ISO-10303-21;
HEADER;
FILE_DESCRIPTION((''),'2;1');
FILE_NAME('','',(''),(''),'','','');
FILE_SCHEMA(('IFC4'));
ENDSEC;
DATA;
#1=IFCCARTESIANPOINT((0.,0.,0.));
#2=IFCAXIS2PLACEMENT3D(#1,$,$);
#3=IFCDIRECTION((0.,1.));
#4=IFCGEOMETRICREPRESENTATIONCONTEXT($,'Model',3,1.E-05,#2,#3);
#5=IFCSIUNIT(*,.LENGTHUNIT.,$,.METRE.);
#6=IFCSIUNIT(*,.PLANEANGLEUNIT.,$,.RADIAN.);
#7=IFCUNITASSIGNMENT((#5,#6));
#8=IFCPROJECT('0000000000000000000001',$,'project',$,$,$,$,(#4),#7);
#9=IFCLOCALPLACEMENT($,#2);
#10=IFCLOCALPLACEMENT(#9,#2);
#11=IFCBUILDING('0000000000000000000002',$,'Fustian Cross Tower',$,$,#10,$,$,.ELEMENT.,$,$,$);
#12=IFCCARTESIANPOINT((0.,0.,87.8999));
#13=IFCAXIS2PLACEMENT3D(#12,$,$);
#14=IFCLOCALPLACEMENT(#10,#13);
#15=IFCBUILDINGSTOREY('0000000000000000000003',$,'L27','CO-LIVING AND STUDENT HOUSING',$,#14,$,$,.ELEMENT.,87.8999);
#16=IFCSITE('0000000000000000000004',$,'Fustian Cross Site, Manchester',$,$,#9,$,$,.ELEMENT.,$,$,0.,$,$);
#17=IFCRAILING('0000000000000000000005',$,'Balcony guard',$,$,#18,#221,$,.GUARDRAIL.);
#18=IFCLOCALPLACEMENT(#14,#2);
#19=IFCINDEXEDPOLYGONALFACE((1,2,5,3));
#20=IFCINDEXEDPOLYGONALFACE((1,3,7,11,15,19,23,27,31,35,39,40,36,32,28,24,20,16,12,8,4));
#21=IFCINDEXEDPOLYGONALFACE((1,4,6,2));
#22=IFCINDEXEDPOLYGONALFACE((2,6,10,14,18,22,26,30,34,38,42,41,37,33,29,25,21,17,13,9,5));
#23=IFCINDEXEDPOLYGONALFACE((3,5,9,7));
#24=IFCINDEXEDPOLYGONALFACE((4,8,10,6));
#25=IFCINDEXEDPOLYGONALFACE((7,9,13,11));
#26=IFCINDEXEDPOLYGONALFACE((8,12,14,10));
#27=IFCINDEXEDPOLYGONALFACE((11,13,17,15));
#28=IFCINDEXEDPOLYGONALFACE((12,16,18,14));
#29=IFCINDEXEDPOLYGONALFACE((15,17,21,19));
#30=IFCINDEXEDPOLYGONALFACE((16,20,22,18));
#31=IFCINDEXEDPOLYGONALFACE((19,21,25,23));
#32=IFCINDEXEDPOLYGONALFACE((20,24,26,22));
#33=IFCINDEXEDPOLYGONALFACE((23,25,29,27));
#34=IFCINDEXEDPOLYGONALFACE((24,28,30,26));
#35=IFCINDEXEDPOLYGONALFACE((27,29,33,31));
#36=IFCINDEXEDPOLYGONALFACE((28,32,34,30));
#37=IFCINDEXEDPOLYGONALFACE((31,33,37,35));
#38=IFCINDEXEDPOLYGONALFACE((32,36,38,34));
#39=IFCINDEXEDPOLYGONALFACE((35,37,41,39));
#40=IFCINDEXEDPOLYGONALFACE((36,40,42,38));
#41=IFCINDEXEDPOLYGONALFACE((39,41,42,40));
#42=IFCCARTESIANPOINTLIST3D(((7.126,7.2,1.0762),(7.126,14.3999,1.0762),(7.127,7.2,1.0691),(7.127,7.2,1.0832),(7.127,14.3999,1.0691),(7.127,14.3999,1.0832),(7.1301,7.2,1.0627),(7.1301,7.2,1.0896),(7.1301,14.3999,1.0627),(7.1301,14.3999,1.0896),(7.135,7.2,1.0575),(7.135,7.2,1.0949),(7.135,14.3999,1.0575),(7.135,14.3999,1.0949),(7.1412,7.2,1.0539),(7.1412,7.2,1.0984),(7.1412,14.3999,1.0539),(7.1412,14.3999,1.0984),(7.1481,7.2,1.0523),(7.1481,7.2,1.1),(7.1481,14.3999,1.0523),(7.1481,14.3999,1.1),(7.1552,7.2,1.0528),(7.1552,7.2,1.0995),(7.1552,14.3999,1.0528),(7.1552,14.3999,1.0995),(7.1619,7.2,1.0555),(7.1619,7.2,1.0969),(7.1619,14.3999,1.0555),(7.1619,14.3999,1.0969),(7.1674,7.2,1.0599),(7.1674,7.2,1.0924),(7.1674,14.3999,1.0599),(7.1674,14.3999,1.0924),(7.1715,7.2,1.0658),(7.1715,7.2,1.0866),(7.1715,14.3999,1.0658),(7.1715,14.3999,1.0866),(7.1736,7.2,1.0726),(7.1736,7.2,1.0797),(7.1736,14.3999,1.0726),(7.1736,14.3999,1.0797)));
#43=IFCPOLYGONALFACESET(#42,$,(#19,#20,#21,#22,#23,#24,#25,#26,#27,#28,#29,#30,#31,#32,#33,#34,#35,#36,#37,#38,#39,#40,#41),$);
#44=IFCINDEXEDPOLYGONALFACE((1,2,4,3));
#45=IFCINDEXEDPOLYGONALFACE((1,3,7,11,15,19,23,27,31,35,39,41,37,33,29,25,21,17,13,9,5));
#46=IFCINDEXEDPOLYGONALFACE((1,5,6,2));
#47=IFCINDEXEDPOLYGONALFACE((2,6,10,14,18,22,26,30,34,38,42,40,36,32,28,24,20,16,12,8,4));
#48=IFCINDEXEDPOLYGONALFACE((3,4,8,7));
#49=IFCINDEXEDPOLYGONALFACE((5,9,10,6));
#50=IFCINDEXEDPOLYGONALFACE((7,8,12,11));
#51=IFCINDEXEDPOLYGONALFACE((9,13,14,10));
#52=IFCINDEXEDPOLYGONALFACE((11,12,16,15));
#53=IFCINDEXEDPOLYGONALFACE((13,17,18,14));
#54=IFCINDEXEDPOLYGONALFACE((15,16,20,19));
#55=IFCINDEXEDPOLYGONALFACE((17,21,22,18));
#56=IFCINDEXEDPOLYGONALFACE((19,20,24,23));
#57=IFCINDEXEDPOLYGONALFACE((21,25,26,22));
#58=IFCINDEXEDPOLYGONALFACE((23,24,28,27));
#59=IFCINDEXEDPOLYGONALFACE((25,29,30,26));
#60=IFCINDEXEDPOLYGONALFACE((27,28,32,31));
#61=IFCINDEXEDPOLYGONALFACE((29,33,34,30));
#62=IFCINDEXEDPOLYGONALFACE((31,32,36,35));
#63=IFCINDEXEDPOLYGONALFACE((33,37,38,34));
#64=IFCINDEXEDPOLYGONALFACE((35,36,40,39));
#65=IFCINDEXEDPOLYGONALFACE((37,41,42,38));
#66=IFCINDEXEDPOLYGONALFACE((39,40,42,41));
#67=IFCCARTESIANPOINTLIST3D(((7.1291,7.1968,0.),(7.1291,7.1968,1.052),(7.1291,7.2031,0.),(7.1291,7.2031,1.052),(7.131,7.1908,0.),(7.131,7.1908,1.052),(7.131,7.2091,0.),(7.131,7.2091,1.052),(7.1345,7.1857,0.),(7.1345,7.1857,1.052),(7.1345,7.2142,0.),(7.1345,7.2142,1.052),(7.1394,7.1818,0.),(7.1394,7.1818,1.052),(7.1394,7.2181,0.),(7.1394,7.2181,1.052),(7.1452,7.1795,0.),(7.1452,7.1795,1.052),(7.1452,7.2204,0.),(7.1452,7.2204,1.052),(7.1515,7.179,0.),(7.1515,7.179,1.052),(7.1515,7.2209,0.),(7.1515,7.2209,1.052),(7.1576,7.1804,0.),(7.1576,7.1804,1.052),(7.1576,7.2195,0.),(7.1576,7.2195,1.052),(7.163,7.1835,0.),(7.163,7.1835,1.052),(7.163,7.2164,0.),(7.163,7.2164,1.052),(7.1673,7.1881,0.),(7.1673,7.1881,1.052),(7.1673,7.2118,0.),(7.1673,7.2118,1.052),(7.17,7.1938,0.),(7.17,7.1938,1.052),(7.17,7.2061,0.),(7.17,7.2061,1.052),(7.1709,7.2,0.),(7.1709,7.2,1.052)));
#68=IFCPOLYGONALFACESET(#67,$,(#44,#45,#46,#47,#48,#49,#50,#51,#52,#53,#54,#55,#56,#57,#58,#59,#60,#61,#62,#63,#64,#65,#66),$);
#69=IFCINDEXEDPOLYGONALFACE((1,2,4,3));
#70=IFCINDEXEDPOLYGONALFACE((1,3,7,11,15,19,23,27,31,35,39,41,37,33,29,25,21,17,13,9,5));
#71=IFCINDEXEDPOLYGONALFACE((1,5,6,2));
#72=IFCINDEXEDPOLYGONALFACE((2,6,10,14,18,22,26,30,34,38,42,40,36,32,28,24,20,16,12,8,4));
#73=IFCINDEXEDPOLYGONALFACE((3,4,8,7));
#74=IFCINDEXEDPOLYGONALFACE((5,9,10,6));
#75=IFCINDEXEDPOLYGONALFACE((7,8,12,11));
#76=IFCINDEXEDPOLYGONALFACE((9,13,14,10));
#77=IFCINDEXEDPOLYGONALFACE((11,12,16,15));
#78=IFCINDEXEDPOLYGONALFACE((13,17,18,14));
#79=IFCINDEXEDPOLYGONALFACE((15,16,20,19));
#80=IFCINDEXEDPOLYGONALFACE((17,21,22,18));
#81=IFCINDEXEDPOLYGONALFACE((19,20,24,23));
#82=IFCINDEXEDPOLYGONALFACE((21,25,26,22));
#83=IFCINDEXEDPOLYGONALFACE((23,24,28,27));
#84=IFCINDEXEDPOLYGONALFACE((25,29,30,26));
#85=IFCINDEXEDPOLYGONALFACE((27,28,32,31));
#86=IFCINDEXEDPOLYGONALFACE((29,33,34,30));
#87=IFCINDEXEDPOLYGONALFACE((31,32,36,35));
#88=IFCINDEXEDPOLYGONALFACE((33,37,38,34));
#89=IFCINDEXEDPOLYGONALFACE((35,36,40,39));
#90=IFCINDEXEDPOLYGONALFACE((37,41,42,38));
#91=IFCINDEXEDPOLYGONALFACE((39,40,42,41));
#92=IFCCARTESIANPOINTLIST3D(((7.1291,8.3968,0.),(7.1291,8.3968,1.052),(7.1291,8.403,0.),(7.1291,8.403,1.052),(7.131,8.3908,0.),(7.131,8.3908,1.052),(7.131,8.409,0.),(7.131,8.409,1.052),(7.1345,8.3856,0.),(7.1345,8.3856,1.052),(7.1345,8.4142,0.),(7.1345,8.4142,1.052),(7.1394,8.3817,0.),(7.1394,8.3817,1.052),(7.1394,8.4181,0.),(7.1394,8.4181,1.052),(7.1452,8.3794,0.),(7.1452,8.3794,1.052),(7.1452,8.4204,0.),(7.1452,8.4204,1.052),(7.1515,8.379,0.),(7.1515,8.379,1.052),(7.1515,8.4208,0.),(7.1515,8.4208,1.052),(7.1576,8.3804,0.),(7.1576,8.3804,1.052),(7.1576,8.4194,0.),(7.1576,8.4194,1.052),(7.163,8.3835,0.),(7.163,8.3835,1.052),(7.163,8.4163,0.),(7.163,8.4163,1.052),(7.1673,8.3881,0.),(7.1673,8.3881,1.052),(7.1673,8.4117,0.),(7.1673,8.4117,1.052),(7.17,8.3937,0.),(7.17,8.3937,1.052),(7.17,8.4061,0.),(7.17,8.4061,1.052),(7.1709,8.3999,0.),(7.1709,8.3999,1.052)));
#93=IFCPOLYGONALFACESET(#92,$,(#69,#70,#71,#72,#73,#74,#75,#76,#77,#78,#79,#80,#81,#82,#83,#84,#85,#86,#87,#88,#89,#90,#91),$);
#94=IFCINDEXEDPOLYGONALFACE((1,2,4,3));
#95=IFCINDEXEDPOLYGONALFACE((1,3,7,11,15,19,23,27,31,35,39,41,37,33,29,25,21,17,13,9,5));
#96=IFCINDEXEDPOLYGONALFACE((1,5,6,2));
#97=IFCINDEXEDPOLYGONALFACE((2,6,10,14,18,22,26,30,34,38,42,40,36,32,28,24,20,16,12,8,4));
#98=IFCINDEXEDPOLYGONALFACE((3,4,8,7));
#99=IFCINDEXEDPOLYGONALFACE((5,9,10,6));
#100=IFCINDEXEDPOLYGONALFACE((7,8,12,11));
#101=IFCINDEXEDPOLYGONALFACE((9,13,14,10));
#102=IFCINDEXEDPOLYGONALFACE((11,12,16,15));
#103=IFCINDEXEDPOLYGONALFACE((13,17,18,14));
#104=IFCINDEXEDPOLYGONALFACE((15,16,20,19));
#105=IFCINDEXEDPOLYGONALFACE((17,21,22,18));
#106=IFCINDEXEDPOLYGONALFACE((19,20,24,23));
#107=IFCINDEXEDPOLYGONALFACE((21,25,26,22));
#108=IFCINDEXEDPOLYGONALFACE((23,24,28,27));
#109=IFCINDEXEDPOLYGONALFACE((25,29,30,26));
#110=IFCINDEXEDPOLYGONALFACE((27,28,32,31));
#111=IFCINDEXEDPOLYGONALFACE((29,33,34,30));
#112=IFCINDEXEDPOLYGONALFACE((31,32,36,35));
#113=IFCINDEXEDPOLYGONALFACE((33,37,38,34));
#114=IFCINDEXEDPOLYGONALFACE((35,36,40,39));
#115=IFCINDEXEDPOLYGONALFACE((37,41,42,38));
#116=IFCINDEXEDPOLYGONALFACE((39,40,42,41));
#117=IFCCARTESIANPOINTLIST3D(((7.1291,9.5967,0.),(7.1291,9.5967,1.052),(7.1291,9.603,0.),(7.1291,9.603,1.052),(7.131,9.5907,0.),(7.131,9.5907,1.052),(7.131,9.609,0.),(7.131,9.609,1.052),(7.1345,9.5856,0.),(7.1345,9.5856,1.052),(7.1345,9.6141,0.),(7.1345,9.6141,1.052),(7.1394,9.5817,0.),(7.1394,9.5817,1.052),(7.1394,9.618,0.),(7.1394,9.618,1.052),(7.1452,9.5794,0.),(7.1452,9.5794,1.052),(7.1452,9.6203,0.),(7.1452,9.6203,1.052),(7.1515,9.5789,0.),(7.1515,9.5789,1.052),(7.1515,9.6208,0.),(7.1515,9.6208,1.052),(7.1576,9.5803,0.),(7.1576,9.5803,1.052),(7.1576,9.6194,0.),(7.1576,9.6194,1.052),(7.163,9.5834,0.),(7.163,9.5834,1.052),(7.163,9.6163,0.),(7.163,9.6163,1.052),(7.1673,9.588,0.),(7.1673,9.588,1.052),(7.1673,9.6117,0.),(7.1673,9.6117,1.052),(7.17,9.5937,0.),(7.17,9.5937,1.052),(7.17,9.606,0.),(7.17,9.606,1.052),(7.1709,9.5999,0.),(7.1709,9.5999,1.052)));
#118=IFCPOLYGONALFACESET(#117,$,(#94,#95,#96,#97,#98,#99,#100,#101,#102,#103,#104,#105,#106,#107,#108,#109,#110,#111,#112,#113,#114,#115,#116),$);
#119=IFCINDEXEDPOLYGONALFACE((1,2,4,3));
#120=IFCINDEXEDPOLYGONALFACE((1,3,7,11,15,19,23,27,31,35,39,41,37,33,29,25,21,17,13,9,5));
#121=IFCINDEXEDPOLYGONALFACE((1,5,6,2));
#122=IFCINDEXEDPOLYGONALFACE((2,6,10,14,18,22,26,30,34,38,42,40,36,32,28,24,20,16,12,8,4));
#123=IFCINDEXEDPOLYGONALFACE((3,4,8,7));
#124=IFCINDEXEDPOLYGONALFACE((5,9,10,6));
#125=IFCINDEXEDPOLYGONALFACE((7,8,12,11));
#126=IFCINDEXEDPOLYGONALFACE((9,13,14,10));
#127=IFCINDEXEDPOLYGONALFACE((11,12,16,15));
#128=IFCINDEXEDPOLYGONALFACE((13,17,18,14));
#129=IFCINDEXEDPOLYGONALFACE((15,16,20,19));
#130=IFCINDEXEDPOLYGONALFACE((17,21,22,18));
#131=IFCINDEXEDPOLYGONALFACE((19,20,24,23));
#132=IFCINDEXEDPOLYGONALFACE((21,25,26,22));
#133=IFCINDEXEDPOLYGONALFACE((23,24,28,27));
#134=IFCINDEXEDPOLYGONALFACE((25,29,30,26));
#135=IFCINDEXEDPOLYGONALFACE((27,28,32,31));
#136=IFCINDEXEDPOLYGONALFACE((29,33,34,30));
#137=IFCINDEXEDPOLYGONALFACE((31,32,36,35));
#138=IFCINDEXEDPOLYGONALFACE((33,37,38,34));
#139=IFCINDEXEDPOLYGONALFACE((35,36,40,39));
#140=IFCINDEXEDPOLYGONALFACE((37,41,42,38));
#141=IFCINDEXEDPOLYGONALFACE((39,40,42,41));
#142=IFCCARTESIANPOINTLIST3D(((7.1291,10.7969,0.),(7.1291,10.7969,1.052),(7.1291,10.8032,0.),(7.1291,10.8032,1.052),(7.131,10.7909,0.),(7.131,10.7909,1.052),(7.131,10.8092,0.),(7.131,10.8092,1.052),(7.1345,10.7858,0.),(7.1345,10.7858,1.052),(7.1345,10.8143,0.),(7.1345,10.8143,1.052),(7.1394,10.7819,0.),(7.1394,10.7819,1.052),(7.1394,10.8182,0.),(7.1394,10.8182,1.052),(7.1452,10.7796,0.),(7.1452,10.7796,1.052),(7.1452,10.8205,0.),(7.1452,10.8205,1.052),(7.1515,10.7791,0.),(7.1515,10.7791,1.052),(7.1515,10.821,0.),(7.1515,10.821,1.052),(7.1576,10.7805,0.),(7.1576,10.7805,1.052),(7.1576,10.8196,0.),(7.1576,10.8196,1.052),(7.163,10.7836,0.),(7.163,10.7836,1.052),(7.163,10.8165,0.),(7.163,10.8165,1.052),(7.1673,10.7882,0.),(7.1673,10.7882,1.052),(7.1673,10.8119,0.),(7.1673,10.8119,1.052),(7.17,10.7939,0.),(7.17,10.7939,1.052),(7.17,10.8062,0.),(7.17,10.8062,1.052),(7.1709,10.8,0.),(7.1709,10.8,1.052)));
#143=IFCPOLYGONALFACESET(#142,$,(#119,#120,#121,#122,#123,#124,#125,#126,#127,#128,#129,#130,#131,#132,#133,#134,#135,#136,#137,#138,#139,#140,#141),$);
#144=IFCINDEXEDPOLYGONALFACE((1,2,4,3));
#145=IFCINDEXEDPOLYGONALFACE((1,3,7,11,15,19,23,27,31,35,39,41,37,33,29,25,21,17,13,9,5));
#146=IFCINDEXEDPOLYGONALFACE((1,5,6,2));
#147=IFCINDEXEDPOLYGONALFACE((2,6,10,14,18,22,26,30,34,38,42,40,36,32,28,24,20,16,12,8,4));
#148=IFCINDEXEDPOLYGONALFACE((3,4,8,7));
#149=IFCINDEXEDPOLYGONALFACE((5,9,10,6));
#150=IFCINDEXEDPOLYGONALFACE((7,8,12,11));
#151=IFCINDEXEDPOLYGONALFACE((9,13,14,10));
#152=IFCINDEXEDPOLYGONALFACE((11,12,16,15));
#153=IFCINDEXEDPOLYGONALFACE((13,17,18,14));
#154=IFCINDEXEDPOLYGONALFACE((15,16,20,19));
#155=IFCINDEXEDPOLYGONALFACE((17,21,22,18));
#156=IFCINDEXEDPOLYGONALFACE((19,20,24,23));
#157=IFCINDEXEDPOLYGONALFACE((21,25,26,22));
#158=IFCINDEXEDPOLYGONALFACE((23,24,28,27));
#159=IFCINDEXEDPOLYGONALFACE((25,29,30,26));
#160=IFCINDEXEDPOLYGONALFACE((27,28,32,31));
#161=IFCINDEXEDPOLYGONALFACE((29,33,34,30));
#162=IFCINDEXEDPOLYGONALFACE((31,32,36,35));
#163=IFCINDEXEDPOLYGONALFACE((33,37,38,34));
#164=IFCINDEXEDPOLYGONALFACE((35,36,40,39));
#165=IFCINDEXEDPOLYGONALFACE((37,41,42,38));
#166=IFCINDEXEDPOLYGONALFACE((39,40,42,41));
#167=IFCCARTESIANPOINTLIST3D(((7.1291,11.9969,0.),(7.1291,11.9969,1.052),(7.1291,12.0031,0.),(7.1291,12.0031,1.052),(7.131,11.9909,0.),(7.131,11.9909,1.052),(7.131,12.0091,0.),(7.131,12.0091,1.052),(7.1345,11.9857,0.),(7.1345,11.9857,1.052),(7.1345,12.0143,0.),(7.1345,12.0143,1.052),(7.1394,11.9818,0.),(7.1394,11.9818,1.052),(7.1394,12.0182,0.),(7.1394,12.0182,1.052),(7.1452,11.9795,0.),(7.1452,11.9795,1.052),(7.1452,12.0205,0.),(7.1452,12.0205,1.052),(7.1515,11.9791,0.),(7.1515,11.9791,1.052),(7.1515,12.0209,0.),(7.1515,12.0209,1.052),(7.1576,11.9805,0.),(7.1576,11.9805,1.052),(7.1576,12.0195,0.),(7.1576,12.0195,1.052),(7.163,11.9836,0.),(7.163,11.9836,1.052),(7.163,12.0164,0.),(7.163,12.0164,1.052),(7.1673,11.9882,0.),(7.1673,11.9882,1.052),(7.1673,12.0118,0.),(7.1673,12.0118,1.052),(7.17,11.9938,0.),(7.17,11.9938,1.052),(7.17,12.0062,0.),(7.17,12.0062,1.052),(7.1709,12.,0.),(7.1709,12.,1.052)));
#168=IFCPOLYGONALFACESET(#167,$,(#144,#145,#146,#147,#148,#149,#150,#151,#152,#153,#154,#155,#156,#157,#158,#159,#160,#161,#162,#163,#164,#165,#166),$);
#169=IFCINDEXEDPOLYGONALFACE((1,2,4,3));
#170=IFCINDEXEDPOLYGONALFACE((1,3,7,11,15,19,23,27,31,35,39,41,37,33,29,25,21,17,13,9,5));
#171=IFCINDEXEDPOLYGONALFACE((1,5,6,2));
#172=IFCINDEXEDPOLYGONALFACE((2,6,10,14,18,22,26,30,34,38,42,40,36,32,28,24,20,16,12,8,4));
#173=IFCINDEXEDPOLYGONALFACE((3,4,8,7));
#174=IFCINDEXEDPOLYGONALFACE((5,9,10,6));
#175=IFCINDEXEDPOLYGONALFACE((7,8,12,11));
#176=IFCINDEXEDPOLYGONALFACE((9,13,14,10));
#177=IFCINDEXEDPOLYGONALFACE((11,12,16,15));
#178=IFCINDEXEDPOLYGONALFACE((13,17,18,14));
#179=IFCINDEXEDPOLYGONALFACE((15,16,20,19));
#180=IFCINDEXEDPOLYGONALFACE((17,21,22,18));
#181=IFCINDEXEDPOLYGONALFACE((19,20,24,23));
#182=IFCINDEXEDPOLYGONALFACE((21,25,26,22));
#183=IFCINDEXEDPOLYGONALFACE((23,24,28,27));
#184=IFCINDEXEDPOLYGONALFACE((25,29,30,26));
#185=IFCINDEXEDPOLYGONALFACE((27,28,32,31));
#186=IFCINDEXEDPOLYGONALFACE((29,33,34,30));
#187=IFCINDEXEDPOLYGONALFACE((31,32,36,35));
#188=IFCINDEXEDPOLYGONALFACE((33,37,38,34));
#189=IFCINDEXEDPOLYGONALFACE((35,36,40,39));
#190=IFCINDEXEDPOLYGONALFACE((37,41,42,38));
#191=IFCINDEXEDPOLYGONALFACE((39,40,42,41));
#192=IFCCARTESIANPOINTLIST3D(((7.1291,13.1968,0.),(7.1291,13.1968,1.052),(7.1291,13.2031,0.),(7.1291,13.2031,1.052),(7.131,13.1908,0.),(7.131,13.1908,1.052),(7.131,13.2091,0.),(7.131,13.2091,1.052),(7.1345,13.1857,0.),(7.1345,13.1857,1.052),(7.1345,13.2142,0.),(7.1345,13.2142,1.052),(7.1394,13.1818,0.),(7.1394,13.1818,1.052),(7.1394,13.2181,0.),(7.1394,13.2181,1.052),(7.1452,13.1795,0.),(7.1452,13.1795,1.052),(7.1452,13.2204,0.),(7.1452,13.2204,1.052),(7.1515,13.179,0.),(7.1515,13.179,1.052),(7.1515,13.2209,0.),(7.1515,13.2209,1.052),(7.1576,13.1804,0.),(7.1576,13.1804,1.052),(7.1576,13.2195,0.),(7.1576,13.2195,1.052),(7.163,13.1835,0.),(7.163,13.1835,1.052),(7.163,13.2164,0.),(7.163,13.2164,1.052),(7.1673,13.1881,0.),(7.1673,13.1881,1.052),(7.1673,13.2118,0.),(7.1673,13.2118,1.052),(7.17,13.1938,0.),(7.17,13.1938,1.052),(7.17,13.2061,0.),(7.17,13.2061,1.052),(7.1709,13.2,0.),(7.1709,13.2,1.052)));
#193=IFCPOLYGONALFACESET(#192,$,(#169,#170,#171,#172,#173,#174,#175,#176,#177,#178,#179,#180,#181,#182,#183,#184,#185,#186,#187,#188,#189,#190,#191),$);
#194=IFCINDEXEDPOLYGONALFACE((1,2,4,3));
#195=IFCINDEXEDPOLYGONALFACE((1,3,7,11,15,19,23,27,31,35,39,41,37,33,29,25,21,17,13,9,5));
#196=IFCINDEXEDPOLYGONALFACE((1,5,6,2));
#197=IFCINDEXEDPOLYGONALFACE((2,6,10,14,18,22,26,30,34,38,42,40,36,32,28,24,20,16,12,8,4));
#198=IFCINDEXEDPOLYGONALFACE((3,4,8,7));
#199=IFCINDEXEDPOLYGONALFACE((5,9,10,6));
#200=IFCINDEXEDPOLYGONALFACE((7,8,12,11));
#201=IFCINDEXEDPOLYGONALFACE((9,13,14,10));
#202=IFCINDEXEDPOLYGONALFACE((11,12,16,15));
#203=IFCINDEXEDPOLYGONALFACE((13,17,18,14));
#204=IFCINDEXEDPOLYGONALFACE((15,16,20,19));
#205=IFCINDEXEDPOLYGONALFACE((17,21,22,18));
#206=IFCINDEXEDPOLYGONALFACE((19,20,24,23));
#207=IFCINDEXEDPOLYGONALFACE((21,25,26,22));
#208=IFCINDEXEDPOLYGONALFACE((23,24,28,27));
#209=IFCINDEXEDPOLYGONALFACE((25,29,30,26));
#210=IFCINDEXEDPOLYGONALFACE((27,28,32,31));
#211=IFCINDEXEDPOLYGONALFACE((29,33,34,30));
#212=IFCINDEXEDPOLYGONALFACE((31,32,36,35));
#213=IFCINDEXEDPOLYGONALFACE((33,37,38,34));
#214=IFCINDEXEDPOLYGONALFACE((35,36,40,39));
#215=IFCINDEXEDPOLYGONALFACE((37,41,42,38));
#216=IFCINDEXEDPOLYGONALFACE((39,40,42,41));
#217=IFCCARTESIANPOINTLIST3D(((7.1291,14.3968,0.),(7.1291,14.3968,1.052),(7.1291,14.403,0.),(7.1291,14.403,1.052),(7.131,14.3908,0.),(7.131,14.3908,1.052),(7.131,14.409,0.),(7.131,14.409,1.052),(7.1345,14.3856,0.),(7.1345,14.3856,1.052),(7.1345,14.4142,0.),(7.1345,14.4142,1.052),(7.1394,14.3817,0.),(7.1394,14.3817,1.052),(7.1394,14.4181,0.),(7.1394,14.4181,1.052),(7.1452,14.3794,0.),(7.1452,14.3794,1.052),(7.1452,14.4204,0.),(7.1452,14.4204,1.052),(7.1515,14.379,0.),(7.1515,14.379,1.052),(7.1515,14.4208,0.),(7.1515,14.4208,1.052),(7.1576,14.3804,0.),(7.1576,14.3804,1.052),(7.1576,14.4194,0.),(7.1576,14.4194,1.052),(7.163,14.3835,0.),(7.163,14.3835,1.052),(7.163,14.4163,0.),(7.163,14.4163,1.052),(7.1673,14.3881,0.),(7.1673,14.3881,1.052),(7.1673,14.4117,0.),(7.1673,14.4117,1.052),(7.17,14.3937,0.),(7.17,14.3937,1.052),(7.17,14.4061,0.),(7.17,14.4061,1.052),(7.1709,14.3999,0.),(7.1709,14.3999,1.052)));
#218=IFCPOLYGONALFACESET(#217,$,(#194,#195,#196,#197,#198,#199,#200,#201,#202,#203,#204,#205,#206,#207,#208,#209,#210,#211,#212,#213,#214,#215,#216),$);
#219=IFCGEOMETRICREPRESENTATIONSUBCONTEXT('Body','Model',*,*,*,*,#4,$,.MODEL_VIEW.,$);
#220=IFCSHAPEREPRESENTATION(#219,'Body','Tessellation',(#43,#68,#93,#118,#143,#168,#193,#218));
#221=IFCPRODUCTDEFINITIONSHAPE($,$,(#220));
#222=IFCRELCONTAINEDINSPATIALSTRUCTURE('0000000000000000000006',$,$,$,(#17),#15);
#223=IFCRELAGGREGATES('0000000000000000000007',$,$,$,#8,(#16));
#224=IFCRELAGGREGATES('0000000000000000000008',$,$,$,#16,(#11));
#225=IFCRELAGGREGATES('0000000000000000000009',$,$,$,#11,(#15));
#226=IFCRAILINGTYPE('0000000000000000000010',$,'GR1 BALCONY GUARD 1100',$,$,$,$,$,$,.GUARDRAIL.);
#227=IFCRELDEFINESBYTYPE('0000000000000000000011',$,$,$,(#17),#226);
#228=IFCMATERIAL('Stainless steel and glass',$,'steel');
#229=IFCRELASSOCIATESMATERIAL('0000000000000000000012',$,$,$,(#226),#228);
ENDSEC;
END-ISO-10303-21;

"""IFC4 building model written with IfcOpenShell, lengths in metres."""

from ifc_helpers import new_model, si_unit, direction, frame, origin, origin_2d, place, context, subcontext, project, spatial, circle, extrude, material, type_object, element, save


model = new_model("IFC4")

# Units and contexts
model_context = context("Model", 3, precision=1e-05, world=origin(), true_north=direction((0.0, 1.0)))
body_context = subcontext(model_context, "Body", "Model", "MODEL_VIEW")
ifc_project = project(units=[si_unit("LENGTHUNIT", "METRE"), si_unit("PLANEANGLEUNIT", "RADIAN")], contexts=[model_context])

# Site, building, storey
site_placement = place(None, origin())
site = spatial("IfcSite", under=ifc_project, at=site_placement, Name="Fustian Cross Site, Manchester", CompositionType="ELEMENT", RefElevation=0.0)
building_placement = place(site_placement, origin())
building = spatial("IfcBuilding", under=site, at=building_placement, Name="Fustian Cross Tower", CompositionType="ELEMENT")
storey_placement = place(building_placement, frame((0.0, 0.0, 87.8999)))
storey = spatial("IfcBuildingStorey", under=building, at=storey_placement, Name="L27", Description="CO-LIVING AND STUDENT HOUSING", CompositionType="ELEMENT", Elevation=87.8999)

# Railing
ifc_material_1 = material(Name="Stainless steel and glass", Category="steel")
railing_type = type_object("IfcRailingType", Name="GR1 BALCONY GUARD 1100", PredefinedType="GUARDRAIL", material=ifc_material_1)
railing_placement = place(storey_placement, frame((7.1499, 7.2, 0.0)))
element("IfcRailing", 1, at=railing_placement, inside=storey, type_object=railing_type, Name="Balcony guard", PredefinedType="GUARDRAIL", context=body_context, shape_type="SweptSolid", body=[
    extrude(circle(Radius=0.0239, at=origin_2d()), frame((0.0, 0.0, 1.0762), z_axis=(0.0, 1.0, 0.0), x_axis=(-1.0, 0.0, 0.0)), (0.0, 0.0, 1.0), 7.2),
    extrude(circle(Radius=0.021, at=origin_2d()), origin(), (0.0, 0.0, 1.0), 1.052),
    extrude(circle(Radius=0.021, at=origin_2d()), frame((0.0, 1.2, 0.0)), (0.0, 0.0, 1.0), 1.052),
    extrude(circle(Radius=0.021, at=origin_2d()), frame((0.0, 2.3999, 0.0)), (0.0, 0.0, 1.0), 1.052),
    extrude(circle(Radius=0.021, at=origin_2d()), frame((0.0, 3.6001, 0.0)), (0.0, 0.0, 1.0), 1.052),
    extrude(circle(Radius=0.021, at=origin_2d()), frame((0.0, 4.8, 0.0)), (0.0, 0.0, 1.0), 1.052),
    extrude(circle(Radius=0.021, at=origin_2d()), frame((0.0, 6.0, 0.0)), (0.0, 0.0, 1.0), 1.052),
    extrude(circle(Radius=0.021, at=origin_2d()), frame((0.0, 7.2, 0.0)), (0.0, 0.0, 1.0), 1.052),
])

save(model, "model.ifc")
